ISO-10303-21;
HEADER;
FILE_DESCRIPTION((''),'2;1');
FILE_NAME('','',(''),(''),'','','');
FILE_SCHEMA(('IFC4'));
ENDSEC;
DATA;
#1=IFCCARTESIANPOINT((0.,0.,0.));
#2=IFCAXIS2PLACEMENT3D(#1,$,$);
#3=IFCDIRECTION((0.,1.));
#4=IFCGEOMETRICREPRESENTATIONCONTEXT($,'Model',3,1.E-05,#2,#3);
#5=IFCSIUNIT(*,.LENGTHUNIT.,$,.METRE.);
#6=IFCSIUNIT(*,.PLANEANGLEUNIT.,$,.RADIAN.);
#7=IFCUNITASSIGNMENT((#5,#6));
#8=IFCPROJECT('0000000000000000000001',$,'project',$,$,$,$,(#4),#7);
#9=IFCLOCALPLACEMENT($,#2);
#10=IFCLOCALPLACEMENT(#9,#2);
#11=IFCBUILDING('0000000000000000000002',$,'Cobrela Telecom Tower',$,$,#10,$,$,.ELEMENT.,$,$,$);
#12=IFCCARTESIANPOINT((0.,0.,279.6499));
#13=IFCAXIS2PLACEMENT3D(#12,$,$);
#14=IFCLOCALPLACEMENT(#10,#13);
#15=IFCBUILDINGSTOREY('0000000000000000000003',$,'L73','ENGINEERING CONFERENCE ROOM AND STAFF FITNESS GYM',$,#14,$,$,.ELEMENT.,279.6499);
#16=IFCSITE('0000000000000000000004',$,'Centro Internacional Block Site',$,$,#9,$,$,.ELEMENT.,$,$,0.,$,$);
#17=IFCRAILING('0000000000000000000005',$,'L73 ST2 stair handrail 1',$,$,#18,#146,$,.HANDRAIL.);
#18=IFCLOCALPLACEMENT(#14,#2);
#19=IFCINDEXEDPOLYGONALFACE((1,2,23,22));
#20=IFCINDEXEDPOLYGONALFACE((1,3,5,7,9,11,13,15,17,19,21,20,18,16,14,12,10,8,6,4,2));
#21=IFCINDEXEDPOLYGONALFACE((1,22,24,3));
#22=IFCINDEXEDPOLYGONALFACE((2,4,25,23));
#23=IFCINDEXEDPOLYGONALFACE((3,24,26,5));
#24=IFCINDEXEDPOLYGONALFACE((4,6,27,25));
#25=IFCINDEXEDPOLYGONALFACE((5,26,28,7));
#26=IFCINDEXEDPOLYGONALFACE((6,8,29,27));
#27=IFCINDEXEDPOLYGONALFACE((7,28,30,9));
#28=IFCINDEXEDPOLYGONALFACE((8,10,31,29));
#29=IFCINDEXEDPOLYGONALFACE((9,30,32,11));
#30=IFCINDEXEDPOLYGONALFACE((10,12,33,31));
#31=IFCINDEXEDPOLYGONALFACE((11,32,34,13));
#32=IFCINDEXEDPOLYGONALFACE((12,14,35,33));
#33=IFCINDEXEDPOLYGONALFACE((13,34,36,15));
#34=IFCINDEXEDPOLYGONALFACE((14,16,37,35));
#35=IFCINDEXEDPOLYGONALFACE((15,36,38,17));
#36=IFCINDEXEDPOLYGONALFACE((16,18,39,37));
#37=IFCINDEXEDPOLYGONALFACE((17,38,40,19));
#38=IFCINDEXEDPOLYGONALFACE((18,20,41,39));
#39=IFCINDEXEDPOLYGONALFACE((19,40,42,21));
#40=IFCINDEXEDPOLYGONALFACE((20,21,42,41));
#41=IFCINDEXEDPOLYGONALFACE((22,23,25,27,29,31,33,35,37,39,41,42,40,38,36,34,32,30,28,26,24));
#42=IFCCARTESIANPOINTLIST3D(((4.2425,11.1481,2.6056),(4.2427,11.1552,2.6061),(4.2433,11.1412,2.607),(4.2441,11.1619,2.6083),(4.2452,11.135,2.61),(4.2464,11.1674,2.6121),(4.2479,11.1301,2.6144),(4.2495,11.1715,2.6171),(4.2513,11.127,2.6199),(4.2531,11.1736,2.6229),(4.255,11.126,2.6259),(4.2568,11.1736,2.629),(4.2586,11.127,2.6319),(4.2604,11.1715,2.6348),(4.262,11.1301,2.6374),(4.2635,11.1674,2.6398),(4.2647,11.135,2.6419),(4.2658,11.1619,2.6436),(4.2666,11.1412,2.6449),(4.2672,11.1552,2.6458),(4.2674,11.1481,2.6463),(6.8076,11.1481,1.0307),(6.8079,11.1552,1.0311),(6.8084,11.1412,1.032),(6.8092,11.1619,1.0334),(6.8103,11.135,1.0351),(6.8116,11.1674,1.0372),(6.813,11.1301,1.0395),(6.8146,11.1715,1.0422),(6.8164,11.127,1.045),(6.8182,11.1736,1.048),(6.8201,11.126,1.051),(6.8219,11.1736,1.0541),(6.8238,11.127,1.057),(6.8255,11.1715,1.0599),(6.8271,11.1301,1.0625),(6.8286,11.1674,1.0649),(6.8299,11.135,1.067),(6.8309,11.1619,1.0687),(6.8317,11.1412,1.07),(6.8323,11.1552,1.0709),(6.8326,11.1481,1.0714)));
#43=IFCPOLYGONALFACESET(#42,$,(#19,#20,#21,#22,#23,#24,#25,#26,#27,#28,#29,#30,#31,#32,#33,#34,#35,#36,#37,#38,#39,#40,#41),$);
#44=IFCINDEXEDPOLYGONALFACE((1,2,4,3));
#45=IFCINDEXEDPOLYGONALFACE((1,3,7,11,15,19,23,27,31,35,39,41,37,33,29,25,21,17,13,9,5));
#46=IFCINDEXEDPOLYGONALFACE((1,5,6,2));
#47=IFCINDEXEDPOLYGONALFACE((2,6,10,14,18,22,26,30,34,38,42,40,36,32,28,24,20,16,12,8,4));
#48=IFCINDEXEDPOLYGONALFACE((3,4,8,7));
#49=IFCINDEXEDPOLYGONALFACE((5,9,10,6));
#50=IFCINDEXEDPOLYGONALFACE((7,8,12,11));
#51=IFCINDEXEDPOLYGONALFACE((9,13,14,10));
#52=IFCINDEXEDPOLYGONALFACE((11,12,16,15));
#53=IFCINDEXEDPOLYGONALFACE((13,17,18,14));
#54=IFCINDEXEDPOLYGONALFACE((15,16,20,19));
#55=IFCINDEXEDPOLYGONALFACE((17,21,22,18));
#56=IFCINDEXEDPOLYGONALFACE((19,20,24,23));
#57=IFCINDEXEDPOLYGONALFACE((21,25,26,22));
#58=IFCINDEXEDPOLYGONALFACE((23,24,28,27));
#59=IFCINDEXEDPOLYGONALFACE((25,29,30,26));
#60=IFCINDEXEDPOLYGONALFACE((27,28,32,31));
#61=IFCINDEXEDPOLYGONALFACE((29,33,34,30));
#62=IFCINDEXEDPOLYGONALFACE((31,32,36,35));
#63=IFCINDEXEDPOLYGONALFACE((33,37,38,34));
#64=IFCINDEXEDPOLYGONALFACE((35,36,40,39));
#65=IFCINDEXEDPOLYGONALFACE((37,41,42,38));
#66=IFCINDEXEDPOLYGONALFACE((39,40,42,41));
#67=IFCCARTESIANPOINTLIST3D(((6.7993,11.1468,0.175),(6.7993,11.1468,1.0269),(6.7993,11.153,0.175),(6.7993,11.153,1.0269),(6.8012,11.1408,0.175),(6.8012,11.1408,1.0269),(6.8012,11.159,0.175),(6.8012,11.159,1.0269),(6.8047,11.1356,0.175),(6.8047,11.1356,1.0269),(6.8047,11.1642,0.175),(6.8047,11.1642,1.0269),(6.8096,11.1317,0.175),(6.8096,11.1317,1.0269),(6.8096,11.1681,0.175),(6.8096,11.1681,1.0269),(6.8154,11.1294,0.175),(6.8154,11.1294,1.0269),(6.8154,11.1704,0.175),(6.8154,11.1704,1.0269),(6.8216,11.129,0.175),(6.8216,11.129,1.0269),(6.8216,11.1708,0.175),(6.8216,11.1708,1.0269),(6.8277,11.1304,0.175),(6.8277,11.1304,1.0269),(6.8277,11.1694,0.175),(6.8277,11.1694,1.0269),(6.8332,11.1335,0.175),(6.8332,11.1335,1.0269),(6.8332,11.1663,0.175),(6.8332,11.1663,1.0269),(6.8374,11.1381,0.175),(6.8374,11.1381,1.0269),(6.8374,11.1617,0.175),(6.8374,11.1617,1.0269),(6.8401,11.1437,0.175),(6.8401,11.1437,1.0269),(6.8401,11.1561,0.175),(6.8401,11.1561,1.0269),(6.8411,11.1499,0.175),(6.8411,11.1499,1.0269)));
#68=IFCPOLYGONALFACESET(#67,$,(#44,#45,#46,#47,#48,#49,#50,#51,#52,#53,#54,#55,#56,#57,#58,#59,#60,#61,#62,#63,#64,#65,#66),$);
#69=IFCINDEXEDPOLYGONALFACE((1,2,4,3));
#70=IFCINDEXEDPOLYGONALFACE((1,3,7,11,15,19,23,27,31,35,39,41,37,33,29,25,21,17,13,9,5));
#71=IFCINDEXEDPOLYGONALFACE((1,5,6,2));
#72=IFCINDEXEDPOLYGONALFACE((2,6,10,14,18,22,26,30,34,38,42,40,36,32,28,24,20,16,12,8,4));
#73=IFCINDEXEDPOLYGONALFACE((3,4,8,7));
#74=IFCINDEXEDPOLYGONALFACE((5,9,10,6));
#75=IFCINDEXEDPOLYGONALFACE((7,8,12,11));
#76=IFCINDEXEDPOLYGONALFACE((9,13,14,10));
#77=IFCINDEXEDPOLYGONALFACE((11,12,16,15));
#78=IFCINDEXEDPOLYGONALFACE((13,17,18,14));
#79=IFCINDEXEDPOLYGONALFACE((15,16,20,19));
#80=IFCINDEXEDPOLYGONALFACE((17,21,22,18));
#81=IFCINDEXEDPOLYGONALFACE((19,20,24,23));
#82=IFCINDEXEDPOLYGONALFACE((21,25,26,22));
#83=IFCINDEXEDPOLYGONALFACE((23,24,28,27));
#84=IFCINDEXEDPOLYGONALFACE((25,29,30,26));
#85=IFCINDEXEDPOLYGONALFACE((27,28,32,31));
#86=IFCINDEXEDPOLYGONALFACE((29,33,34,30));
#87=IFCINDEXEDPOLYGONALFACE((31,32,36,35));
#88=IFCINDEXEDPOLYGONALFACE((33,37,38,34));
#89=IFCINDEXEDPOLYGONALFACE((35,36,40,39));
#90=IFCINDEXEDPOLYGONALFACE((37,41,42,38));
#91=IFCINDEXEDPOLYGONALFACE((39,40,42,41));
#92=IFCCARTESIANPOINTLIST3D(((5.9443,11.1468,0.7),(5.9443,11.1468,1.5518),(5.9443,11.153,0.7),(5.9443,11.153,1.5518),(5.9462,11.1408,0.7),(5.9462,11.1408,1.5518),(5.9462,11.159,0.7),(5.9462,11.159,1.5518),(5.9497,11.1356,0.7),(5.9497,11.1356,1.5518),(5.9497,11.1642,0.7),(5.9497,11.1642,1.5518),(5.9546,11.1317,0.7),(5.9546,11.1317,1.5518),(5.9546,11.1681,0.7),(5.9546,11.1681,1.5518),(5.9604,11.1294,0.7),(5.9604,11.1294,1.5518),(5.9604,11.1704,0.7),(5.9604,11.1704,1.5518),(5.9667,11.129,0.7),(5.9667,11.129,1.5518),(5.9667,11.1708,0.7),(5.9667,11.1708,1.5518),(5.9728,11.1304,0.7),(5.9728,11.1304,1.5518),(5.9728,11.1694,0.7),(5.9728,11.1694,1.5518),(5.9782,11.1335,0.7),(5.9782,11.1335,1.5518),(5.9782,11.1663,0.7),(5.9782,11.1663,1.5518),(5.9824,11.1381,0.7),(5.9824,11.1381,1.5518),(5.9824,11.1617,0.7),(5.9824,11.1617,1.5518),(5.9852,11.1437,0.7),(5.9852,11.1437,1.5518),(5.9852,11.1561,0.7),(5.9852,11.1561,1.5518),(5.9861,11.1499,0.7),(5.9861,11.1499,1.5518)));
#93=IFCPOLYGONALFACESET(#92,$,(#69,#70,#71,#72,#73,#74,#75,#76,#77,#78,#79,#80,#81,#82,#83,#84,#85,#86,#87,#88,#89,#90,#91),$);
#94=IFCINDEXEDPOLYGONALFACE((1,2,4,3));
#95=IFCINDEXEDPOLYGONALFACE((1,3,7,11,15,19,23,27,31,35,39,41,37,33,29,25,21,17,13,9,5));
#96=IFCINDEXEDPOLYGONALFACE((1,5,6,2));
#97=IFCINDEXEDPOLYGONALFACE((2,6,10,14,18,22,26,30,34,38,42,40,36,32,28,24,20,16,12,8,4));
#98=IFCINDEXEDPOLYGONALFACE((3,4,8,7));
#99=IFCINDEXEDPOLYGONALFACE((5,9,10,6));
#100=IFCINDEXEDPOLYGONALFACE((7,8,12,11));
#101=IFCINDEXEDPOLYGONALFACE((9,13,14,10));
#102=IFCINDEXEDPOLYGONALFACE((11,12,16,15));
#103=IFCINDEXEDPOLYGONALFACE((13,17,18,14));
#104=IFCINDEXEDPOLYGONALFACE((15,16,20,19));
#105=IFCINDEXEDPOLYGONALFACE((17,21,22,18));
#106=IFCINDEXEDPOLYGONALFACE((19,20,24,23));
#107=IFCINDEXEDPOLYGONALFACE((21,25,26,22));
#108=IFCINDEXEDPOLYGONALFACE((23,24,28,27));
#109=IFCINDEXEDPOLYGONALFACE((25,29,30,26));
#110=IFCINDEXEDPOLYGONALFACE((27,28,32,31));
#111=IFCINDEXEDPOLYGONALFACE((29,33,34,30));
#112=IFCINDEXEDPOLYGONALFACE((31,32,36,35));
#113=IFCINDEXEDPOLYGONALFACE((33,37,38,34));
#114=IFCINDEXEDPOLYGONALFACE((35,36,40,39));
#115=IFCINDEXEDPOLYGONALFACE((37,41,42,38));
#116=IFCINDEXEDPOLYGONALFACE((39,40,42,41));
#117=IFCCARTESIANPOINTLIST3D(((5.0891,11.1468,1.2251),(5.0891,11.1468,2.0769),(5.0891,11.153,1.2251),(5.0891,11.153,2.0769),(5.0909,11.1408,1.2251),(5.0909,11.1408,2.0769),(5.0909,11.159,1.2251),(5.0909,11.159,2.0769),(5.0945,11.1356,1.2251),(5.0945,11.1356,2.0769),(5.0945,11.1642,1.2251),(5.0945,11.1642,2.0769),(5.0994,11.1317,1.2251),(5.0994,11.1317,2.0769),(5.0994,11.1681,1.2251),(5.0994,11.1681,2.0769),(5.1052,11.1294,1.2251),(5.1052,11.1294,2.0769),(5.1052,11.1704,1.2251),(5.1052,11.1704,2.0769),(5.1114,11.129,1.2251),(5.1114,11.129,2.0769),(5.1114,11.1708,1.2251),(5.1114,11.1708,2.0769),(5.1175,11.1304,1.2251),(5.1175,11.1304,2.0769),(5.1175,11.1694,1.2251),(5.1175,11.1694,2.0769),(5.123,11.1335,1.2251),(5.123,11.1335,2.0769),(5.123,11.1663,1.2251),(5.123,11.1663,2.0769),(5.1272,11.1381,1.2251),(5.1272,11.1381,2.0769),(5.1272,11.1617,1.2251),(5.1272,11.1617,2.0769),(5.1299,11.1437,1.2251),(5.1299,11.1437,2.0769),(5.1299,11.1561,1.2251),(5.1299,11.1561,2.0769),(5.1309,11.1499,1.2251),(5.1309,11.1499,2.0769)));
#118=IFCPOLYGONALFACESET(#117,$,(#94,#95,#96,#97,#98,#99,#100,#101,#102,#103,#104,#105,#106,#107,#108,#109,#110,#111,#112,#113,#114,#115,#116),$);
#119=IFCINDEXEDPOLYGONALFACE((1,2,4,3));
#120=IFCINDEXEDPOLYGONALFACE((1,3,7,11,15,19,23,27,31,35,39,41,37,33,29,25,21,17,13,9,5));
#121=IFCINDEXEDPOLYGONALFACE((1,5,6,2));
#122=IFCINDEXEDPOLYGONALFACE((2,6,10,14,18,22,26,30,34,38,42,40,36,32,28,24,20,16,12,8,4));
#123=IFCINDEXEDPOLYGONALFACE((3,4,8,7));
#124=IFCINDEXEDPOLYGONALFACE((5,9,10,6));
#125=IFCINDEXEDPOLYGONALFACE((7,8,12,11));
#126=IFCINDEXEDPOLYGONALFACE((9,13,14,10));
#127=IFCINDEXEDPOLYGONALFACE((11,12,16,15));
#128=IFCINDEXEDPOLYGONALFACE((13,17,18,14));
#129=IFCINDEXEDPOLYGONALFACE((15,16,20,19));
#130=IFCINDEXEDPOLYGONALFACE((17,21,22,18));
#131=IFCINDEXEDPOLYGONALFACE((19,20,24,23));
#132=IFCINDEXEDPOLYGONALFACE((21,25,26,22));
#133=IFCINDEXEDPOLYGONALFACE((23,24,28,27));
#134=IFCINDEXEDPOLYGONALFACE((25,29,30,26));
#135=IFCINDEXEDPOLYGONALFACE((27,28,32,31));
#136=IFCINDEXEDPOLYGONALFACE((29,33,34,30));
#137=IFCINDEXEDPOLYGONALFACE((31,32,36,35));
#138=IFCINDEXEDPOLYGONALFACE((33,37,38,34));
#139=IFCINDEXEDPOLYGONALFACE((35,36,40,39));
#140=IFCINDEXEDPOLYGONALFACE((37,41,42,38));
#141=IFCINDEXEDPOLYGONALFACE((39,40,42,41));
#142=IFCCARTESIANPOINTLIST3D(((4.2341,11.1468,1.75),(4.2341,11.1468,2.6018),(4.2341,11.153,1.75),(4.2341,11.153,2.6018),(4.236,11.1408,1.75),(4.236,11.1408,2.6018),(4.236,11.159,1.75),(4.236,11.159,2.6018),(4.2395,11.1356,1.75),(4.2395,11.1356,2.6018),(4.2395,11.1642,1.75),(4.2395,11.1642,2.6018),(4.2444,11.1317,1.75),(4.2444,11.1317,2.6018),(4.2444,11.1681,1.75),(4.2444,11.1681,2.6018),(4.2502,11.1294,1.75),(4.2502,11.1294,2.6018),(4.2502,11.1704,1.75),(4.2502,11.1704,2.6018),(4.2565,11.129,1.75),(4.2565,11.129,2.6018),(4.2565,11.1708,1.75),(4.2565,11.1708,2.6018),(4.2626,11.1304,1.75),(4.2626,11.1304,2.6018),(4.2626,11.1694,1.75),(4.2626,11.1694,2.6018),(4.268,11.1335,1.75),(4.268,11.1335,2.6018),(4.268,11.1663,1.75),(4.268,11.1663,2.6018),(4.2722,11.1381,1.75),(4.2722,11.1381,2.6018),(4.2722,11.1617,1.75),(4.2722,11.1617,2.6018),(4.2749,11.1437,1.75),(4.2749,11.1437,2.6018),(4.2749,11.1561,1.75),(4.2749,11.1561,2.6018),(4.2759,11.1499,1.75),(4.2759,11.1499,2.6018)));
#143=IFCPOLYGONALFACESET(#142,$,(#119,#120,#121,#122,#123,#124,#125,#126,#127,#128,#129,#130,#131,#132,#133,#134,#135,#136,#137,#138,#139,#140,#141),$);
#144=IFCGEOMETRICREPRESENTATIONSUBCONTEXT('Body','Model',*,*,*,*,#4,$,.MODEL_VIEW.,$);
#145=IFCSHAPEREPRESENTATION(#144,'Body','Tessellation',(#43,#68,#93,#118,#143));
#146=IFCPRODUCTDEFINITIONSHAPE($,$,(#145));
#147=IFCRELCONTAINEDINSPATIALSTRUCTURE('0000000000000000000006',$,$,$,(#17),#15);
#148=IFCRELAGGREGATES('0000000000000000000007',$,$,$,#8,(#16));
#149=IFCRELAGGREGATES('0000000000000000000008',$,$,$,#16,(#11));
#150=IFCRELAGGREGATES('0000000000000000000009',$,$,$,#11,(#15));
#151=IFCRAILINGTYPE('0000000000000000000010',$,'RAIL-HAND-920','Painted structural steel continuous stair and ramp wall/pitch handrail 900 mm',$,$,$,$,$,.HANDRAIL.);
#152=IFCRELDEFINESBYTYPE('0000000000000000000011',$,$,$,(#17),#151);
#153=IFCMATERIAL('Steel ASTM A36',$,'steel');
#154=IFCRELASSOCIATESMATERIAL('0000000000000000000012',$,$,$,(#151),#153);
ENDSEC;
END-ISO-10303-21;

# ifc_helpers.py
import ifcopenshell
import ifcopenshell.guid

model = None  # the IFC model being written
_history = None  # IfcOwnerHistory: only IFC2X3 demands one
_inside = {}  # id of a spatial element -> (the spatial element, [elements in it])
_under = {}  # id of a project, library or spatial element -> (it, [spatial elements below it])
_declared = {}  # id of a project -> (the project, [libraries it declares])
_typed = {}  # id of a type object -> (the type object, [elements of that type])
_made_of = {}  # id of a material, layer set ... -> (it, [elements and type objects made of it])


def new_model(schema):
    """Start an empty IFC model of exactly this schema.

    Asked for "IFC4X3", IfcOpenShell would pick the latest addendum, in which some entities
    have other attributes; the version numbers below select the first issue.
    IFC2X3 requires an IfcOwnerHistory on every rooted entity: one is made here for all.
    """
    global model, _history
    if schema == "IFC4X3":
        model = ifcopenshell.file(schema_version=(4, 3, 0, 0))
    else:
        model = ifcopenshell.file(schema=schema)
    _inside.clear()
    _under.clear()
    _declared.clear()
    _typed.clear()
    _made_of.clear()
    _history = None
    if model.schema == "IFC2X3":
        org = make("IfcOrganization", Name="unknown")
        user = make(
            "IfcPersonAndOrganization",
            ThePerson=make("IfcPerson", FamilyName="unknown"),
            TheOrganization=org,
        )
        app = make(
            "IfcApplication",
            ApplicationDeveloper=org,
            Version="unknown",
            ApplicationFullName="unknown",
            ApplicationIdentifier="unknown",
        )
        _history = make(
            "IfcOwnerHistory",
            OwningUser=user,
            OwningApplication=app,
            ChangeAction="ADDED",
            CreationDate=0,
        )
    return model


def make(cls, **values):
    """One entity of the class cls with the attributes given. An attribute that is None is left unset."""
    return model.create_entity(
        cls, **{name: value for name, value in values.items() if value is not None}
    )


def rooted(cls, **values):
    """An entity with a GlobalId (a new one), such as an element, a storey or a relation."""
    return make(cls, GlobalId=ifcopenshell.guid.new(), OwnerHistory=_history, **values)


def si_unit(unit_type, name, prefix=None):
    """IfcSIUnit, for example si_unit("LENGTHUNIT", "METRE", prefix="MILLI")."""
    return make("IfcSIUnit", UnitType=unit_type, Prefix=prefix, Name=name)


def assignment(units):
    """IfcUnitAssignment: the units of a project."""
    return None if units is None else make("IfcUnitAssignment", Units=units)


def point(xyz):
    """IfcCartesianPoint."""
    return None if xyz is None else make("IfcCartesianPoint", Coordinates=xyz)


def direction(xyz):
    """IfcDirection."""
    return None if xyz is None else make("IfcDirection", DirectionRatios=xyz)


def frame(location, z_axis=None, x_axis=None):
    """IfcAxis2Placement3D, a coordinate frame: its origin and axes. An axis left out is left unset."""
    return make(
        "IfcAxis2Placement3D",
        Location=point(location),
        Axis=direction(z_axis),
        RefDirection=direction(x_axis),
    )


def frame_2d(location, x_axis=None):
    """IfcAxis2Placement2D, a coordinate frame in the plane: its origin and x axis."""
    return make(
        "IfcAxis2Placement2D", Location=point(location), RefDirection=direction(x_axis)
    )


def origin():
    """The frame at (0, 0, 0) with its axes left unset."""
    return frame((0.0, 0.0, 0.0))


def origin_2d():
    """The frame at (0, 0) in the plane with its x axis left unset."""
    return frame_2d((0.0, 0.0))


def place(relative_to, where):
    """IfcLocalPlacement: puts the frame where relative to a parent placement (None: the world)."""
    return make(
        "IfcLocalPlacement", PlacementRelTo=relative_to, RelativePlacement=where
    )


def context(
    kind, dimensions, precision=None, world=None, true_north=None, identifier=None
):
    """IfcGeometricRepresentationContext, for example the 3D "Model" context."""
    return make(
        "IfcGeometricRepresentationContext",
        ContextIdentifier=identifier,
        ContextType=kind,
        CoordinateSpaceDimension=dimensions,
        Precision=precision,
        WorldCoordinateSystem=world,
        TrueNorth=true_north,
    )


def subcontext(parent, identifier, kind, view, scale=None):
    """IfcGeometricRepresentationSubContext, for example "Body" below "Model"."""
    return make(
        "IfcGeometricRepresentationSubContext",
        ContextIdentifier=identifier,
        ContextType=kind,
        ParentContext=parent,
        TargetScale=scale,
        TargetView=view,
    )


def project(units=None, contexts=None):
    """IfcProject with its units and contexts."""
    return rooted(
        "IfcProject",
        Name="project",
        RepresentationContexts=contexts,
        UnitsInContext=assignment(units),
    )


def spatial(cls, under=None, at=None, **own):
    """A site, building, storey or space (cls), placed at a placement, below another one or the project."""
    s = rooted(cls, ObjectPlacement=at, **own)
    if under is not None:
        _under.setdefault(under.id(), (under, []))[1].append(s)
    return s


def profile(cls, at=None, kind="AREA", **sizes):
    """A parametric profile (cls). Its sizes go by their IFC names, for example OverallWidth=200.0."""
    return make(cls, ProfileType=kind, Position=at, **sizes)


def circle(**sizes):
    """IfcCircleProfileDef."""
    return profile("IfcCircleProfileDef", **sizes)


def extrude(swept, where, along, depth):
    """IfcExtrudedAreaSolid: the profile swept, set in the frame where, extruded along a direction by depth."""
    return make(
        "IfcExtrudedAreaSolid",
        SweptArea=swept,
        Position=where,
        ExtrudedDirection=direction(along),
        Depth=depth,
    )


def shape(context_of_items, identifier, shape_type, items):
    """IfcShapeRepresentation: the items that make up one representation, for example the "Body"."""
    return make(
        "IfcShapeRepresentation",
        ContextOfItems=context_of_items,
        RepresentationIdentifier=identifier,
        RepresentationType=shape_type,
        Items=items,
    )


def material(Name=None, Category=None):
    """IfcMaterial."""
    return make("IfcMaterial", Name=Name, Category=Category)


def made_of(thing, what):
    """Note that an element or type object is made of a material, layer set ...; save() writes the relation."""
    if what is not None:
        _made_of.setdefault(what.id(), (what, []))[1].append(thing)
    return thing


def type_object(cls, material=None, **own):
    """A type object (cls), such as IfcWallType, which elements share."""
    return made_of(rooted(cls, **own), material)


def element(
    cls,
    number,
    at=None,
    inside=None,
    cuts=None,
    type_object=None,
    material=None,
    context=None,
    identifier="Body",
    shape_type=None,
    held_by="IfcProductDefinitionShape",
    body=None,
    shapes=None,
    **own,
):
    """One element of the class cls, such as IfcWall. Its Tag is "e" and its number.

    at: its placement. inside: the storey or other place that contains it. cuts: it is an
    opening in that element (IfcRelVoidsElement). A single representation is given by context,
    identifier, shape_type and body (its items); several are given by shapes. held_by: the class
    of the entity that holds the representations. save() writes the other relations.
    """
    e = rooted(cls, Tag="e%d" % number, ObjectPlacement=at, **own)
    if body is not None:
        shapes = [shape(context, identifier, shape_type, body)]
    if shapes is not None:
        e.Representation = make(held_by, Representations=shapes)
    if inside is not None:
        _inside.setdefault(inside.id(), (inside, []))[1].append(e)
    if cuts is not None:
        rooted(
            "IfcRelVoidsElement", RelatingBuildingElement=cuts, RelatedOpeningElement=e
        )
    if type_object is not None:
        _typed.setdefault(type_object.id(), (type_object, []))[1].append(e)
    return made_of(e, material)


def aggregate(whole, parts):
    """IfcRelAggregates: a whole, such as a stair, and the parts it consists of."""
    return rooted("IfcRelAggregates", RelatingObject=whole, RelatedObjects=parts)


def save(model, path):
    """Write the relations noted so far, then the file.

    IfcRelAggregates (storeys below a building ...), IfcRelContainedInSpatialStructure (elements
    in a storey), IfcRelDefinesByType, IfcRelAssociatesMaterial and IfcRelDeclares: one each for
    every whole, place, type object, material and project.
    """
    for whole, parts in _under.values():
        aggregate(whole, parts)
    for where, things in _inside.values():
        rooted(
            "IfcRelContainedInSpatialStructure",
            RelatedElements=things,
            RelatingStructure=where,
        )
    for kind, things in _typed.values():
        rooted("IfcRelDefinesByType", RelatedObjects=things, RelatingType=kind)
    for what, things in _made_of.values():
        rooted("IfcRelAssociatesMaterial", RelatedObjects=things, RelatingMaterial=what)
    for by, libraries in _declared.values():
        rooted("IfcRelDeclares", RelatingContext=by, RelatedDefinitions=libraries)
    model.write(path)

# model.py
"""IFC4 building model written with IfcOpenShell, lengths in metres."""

from ifc_helpers import new_model, si_unit, direction, frame, origin, origin_2d, place, context, subcontext, project, spatial, circle, extrude, material, type_object, element, save


model = new_model("IFC4")

# Units and contexts
model_context = context("Model", 3, precision=1e-05, world=origin(), true_north=direction((0.0, 1.0)))
body_context = subcontext(model_context, "Body", "Model", "MODEL_VIEW")
ifc_project = project(units=[si_unit("LENGTHUNIT", "METRE"), si_unit("PLANEANGLEUNIT", "RADIAN")], contexts=[model_context])

# Site, building, storey
site_placement = place(None, origin())
site = spatial("IfcSite", under=ifc_project, at=site_placement, Name="Centro Internacional Block Site", CompositionType="ELEMENT", RefElevation=0.0)
building_placement = place(site_placement, origin())
building = spatial("IfcBuilding", under=site, at=building_placement, Name="Cobrela Telecom Tower", CompositionType="ELEMENT")
storey_placement = place(building_placement, frame((0.0, 0.0, 279.6499)))
storey = spatial("IfcBuildingStorey", under=building, at=storey_placement, Name="L73", Description="ENGINEERING CONFERENCE ROOM AND STAFF FITNESS GYM", CompositionType="ELEMENT", Elevation=279.6499)

# Railing
ifc_material_1 = material(Name="Steel ASTM A36", Category="steel")
railing_type_1 = type_object("IfcRailingType", Name="RAIL-HAND-920", Description="Painted structural steel continuous stair and ramp wall/pitch handrail 900 mm", PredefinedType="HANDRAIL", material=ifc_material_1)
railing_1_placement = place(storey_placement, frame((6.8201, 11.1499, 0.175)))
element("IfcRailing", 1, at=railing_1_placement, inside=storey, type_object=railing_type_1, Name="L73 ST2 stair handrail 1", PredefinedType="HANDRAIL", context=body_context, shape_type="SweptSolid", body=[
    extrude(circle(Radius=0.0239, at=origin_2d()), frame((0.0, 0.0, 0.876), z_axis=(-0.852195, 0.0, 0.523224), x_axis=(0.0, -1.0, 0.0)), (0.0, 0.0, 1.0), 3.01),
    extrude(circle(Radius=0.021, at=origin_2d()), origin(), (0.0, 0.0, 1.0), 0.8518),
    extrude(circle(Radius=0.021, at=origin_2d()), frame((-0.855, 0.0, 0.5249)), (0.0, 0.0, 1.0), 0.8518),
    extrude(circle(Radius=0.021, at=origin_2d()), frame((-1.7102, 0.0, 1.05)), (0.0, 0.0, 1.0), 0.8518),
    extrude(circle(Radius=0.021, at=origin_2d()), frame((-2.5652, 0.0, 1.575)), (0.0, 0.0, 1.0), 0.8518),
])

save(model, "model.ifc")
